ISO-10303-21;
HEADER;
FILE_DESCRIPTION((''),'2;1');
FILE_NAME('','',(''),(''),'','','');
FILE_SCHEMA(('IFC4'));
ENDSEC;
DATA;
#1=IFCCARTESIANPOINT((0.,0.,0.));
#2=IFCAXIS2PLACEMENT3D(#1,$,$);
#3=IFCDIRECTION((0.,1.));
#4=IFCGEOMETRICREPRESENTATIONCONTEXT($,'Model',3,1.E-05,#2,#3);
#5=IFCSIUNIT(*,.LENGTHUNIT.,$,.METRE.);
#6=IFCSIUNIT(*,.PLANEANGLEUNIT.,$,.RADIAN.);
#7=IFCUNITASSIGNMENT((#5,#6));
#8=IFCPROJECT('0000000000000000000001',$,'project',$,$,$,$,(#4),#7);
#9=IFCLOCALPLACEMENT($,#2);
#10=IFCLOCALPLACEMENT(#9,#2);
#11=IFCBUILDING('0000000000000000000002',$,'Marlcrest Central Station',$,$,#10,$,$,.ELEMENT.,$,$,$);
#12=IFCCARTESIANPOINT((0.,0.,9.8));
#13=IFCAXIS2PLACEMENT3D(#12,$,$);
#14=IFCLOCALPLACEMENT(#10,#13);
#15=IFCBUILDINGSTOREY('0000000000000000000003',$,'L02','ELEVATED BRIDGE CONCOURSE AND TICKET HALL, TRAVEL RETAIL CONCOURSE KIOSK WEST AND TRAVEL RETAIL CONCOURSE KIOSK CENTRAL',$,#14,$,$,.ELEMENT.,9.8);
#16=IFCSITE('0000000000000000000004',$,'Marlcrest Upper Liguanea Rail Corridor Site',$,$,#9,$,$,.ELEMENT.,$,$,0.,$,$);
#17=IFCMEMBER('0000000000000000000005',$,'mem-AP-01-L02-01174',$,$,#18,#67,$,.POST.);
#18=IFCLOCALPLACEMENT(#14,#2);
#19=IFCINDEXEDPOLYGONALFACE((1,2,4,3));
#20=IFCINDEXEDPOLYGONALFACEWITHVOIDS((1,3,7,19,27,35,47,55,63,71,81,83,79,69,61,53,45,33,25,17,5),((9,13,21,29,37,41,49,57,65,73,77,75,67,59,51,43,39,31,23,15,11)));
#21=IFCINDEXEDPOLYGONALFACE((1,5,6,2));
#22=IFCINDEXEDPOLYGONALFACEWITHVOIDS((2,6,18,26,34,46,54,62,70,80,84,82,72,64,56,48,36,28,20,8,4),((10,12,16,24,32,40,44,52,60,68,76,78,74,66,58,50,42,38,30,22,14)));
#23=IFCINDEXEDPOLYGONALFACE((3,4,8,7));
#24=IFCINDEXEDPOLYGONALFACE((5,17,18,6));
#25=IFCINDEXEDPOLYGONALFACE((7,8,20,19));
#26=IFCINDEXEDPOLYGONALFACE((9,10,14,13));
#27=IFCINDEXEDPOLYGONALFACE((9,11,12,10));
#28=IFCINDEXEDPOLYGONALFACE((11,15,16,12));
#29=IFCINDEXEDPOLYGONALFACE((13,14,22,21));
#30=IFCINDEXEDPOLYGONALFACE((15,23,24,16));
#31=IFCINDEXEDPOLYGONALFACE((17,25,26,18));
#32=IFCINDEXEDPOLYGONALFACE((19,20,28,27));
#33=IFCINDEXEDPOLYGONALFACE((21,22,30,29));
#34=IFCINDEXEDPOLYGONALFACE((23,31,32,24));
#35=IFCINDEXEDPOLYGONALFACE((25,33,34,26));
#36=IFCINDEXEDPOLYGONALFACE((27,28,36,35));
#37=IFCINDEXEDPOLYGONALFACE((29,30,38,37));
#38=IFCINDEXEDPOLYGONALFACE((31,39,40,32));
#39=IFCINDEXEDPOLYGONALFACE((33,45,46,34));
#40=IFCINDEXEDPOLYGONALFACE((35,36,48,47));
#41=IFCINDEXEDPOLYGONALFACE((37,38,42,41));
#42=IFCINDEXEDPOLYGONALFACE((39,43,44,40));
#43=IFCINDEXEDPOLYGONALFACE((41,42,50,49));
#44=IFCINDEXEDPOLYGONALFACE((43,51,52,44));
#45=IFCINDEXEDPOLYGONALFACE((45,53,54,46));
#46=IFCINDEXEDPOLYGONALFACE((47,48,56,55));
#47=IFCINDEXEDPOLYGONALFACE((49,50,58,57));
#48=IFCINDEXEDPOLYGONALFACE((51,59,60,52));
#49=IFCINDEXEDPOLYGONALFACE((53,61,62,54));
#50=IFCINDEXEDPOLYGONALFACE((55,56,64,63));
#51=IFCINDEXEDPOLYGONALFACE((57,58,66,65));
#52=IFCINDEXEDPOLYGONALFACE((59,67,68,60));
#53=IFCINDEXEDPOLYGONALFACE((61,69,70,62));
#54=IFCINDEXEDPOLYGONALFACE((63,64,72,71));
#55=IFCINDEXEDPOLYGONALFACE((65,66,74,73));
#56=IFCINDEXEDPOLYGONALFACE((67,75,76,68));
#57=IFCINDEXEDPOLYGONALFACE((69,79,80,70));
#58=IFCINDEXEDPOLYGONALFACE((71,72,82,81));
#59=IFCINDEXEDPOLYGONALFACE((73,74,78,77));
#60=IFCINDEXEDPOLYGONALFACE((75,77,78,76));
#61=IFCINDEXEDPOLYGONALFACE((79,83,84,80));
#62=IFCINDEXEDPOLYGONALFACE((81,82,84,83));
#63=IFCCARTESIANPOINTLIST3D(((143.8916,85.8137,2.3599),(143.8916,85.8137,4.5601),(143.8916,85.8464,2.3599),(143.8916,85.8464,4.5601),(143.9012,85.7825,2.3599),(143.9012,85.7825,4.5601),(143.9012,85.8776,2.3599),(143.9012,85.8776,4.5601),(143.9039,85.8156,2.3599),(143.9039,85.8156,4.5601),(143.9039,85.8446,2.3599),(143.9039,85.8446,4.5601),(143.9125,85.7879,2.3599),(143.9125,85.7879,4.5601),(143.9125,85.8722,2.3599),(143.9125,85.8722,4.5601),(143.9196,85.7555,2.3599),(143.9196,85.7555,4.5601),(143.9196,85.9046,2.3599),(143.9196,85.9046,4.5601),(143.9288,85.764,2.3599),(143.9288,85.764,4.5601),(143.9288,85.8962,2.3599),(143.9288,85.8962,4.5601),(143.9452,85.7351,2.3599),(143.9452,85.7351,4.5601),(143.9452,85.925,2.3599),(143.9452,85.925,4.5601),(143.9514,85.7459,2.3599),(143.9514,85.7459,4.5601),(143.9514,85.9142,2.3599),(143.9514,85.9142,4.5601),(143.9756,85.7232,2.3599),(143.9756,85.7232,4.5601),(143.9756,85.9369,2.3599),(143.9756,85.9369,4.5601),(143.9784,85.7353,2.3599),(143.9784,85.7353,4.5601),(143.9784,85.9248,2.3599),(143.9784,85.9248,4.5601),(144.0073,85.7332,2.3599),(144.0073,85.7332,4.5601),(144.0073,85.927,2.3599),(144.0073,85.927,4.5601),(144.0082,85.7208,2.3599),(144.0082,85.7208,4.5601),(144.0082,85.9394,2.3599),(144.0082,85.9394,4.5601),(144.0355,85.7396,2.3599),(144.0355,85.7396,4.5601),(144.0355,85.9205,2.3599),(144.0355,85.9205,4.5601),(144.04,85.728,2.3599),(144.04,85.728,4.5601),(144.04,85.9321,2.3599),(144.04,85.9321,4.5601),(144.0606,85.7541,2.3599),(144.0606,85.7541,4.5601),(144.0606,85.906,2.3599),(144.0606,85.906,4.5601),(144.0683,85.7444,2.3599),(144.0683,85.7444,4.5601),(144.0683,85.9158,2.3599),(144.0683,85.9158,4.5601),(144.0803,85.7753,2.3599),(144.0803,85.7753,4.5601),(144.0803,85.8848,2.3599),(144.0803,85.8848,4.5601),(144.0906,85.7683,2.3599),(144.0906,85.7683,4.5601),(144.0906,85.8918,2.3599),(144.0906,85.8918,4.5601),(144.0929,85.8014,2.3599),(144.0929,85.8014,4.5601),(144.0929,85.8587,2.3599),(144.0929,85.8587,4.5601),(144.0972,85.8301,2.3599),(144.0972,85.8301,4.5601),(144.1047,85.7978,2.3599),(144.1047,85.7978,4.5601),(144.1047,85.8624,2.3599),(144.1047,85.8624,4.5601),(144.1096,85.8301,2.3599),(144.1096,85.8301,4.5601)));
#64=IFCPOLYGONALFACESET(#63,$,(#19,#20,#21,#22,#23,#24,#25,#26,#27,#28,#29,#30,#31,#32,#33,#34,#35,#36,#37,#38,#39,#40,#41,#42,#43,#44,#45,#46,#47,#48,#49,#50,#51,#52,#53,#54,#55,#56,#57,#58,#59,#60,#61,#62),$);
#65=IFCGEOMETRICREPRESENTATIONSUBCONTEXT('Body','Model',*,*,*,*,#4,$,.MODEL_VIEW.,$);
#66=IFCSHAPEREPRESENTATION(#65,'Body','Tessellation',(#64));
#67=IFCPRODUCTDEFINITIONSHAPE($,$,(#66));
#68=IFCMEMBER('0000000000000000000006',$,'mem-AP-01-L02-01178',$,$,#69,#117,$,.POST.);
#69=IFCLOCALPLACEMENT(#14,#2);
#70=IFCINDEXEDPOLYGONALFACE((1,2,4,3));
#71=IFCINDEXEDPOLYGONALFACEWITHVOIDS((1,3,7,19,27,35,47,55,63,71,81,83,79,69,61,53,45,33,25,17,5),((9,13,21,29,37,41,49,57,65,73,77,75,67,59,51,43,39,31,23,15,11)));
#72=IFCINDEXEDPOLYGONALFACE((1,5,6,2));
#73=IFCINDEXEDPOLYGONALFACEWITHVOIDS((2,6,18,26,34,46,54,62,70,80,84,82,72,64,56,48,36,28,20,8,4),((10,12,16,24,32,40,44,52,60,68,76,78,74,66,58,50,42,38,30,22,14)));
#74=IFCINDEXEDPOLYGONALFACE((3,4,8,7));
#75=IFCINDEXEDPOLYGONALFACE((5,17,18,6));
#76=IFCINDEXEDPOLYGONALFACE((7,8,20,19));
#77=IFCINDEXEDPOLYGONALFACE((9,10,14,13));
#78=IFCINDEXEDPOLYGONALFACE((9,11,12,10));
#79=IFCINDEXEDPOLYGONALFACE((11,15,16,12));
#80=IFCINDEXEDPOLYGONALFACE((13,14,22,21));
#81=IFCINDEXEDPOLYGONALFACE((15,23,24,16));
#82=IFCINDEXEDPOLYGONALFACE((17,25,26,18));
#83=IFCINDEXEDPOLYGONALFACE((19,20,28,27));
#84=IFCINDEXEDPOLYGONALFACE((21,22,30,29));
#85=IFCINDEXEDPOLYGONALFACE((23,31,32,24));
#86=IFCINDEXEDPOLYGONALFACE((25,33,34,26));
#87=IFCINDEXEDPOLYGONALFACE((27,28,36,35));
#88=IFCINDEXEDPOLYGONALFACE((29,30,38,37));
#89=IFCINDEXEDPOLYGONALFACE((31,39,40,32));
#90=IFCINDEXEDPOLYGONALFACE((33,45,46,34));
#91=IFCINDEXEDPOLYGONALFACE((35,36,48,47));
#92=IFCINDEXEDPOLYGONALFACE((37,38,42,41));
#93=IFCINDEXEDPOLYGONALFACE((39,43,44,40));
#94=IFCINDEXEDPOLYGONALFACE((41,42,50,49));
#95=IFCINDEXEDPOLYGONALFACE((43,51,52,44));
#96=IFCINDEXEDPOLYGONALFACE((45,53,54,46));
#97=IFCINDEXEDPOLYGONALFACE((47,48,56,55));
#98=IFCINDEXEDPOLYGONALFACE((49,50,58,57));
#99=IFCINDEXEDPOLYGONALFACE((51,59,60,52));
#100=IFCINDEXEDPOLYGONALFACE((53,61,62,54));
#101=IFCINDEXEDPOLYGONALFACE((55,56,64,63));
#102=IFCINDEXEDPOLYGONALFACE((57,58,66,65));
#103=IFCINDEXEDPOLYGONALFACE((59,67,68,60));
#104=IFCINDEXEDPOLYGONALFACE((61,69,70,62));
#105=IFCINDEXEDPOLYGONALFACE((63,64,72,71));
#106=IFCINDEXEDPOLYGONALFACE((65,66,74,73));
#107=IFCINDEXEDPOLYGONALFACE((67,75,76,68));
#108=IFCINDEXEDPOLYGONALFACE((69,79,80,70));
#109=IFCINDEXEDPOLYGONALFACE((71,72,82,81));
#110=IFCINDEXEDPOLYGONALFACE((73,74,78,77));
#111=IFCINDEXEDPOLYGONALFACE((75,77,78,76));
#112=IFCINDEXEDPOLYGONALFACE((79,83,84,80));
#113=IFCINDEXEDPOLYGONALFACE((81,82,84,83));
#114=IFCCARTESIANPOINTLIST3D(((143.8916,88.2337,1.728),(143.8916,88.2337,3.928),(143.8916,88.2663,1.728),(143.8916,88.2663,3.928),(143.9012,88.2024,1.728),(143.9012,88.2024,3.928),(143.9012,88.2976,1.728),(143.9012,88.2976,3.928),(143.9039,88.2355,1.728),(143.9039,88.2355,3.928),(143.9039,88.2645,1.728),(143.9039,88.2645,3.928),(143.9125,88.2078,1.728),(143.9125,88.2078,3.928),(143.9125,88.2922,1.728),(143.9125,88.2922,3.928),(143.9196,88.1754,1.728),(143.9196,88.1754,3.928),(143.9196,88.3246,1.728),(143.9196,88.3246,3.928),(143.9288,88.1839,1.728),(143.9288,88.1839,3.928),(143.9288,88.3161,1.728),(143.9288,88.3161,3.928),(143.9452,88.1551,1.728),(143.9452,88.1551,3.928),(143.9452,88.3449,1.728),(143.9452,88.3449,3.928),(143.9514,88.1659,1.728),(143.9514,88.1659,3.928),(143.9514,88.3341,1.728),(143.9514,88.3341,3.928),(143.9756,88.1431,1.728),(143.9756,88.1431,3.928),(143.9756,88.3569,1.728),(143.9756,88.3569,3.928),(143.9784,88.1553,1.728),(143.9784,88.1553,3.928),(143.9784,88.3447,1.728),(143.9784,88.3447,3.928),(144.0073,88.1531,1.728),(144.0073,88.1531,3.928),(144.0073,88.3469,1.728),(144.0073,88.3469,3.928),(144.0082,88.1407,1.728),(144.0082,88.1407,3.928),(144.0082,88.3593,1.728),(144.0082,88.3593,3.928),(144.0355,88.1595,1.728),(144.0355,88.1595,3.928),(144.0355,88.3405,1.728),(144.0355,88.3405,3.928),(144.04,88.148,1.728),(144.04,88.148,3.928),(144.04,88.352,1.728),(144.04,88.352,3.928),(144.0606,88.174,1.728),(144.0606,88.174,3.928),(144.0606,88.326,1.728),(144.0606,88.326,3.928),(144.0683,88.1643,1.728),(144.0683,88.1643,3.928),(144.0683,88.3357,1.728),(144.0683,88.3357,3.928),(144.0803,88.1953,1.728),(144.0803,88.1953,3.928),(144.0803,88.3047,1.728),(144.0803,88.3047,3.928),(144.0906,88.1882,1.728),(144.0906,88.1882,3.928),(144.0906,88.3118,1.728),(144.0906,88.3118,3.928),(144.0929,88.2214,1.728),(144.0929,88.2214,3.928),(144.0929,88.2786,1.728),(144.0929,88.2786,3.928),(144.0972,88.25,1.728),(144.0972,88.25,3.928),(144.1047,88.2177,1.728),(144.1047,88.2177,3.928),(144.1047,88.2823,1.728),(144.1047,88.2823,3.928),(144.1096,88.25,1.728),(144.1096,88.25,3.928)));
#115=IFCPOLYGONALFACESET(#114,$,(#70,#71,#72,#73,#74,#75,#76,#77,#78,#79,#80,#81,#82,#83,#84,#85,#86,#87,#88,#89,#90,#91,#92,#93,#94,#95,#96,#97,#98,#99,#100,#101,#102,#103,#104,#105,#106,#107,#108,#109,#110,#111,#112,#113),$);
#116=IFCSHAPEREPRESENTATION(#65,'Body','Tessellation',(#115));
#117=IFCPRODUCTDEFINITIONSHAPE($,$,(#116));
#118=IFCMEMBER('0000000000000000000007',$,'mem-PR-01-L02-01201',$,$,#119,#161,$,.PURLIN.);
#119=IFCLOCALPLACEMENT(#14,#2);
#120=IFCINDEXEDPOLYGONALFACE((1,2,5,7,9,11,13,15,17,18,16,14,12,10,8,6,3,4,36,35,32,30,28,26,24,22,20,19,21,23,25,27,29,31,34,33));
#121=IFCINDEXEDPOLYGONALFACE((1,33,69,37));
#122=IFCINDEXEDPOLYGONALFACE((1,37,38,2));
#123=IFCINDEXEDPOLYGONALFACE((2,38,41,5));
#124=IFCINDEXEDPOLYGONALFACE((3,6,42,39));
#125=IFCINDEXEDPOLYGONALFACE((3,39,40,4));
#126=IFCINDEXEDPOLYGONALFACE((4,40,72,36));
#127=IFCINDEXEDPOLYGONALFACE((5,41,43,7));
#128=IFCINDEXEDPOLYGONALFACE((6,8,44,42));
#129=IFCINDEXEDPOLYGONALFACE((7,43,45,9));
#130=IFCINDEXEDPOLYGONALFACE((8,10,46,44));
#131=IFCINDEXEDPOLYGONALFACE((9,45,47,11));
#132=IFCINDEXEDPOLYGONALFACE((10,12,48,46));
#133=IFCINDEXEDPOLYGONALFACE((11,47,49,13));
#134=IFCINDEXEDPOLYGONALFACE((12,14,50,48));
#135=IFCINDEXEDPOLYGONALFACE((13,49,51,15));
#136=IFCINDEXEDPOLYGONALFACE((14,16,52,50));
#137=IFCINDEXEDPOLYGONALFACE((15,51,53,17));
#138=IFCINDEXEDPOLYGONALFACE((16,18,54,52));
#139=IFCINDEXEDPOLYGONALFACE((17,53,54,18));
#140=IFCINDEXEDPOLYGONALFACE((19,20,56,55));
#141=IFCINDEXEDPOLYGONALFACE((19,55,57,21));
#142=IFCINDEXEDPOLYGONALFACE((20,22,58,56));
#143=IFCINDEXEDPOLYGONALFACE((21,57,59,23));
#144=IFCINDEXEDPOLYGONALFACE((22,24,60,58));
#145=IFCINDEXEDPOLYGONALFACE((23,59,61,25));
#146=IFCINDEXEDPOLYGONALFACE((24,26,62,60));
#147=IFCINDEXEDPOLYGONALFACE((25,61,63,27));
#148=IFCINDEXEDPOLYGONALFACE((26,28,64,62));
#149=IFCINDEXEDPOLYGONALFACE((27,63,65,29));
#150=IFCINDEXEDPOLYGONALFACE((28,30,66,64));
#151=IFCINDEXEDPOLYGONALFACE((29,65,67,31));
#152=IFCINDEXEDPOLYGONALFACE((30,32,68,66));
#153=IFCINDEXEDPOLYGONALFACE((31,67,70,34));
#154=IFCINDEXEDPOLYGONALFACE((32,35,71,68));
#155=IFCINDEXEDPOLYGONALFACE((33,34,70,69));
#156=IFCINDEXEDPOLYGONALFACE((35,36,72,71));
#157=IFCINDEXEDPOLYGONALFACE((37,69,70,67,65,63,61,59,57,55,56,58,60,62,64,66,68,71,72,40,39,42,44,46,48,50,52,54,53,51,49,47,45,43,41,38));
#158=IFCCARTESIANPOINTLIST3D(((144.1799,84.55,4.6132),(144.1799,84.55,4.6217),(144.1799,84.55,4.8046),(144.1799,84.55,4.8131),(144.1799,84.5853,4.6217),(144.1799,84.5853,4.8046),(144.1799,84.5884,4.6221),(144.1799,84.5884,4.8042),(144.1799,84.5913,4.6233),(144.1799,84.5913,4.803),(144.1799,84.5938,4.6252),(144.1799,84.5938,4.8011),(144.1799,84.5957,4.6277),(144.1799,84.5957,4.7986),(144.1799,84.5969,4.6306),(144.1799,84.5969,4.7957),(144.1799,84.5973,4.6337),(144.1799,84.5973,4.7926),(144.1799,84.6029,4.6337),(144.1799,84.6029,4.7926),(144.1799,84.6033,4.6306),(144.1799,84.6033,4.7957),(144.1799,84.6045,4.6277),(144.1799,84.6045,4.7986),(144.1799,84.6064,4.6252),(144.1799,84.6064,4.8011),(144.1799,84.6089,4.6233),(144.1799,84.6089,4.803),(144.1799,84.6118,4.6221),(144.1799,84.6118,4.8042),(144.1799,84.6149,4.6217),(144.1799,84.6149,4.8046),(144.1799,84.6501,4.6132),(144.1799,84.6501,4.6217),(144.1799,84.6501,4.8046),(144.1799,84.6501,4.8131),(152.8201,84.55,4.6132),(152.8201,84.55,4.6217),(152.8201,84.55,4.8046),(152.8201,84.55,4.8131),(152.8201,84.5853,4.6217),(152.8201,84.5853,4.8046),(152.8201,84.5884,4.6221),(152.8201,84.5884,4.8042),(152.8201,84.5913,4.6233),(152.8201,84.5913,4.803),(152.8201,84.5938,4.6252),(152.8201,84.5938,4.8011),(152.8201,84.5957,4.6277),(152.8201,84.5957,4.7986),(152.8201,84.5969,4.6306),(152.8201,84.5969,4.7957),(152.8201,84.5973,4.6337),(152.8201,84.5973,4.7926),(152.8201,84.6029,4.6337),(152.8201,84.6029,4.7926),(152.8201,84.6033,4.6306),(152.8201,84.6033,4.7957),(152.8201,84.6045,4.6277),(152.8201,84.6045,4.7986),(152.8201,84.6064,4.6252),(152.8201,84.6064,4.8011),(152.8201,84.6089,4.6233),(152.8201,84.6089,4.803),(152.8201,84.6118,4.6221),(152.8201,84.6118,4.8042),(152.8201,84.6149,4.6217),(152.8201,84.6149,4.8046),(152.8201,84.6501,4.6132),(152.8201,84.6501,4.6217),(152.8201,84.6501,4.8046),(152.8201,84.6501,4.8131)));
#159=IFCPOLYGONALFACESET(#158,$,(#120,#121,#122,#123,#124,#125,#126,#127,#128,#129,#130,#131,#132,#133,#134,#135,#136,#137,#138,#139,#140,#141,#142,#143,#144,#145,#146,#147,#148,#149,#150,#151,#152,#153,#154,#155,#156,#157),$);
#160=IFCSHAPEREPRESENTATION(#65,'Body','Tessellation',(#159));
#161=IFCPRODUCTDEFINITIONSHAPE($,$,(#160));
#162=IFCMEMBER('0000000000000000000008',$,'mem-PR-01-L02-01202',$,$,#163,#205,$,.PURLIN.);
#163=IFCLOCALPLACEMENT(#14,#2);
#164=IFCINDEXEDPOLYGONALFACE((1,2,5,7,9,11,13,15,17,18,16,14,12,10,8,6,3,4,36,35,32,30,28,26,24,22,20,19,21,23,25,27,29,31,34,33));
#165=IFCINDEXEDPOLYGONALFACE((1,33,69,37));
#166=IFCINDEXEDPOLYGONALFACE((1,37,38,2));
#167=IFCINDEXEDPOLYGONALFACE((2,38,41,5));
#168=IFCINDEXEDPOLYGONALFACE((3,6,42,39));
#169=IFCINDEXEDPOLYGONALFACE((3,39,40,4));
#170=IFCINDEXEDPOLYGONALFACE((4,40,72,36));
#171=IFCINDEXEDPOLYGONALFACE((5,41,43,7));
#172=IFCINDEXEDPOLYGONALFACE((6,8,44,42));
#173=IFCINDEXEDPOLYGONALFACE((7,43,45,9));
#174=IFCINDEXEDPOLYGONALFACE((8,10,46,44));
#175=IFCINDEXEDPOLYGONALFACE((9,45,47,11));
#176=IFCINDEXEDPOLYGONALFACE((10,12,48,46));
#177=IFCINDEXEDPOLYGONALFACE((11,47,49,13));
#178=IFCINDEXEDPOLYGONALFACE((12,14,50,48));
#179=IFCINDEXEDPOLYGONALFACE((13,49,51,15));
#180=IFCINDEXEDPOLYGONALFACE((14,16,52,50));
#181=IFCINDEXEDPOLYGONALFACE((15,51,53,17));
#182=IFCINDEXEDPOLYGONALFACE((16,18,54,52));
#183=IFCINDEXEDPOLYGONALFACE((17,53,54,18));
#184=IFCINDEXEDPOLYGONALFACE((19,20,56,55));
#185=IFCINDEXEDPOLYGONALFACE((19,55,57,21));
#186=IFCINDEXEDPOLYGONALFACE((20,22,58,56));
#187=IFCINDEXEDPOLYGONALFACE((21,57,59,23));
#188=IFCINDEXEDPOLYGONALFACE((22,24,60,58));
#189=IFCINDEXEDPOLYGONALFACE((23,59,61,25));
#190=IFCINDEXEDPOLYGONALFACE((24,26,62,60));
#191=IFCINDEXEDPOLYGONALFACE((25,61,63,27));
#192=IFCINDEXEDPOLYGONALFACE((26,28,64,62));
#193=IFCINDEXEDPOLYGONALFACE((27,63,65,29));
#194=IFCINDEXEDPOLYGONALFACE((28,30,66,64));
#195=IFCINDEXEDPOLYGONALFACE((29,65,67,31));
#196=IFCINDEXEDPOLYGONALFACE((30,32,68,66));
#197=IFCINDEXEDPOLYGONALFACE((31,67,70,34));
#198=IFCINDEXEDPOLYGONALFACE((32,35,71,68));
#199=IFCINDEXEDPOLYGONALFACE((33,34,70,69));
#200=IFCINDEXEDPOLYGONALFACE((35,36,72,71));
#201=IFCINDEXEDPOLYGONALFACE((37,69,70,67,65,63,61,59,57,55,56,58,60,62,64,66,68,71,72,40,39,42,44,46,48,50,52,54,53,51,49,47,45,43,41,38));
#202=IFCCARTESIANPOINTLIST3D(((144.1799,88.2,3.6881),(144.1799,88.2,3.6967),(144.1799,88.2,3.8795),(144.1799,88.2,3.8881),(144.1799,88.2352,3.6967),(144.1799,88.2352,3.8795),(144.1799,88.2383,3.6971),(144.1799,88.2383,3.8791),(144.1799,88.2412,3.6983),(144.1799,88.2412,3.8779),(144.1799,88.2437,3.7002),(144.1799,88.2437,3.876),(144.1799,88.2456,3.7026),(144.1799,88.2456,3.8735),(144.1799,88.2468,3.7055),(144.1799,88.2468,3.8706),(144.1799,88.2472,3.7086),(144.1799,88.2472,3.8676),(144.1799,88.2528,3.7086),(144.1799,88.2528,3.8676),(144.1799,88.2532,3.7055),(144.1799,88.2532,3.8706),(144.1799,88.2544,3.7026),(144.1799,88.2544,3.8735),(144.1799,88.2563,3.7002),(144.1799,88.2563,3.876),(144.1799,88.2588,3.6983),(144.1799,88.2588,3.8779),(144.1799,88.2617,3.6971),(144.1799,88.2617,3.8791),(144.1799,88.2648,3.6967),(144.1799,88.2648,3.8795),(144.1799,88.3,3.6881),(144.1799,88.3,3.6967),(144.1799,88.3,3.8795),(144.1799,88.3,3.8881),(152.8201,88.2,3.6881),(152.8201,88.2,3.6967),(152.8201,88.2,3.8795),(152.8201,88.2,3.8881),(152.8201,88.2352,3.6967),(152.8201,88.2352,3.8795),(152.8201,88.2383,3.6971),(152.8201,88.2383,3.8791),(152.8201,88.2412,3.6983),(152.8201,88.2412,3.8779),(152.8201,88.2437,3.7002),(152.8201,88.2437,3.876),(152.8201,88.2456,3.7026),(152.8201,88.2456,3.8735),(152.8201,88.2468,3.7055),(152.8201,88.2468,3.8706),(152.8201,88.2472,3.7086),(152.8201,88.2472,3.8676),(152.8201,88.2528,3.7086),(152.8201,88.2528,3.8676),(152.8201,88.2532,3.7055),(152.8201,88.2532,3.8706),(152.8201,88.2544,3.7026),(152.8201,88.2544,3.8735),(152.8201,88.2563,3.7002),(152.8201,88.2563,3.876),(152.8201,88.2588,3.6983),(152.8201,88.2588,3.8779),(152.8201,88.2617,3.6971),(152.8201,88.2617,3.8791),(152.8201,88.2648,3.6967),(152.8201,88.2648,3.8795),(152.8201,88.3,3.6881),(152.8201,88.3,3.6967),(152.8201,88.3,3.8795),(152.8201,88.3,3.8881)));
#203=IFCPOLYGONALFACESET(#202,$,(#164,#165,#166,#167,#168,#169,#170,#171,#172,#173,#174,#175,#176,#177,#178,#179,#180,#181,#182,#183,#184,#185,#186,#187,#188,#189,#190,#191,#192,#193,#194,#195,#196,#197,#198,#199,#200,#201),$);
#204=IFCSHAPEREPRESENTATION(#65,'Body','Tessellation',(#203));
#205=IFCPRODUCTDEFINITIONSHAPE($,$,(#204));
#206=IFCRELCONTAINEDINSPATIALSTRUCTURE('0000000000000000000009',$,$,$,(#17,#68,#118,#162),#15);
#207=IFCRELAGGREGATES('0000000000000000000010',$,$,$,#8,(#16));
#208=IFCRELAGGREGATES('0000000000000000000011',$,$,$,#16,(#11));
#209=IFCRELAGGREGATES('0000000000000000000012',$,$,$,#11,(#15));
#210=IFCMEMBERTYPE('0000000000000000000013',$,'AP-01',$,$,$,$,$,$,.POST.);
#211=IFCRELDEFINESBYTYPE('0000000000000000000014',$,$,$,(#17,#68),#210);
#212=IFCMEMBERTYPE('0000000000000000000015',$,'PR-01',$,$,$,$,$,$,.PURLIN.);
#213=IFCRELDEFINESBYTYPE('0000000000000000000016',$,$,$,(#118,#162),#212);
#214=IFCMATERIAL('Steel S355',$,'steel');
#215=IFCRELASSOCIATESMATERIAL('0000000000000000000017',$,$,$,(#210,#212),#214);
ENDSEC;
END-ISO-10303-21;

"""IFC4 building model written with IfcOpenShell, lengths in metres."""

from ifc_helpers import new_model, si_unit, direction, frame, origin, origin_2d, place, context, subcontext, project, spatial, hollow_circle, i_section, extrude, material, material_profile, profile_set, type_object, element, save


model = new_model("IFC4")

# Units and contexts
model_context = context("Model", 3, precision=1e-05, world=origin(), true_north=direction((0.0, 1.0)))
body_context = subcontext(model_context, "Body", "Model", "MODEL_VIEW")
ifc_project = project(units=[si_unit("LENGTHUNIT", "METRE"), si_unit("PLANEANGLEUNIT", "RADIAN")], contexts=[model_context])

# Site, building, storey
site_placement = place(None, origin())
site = spatial("IfcSite", under=ifc_project, at=site_placement, Name="Marlcrest Upper Liguanea Rail Corridor Site", CompositionType="ELEMENT", RefElevation=0.0)
building_placement = place(site_placement, origin())
building = spatial("IfcBuilding", under=site, at=building_placement, Name="Marlcrest Central Station", CompositionType="ELEMENT")
storey_placement = place(building_placement, frame((0.0, 0.0, 9.8)))
storey = spatial("IfcBuildingStorey", under=building, at=storey_placement, Name="L02", Description="ELEVATED BRIDGE CONCOURSE AND TICKET HALL, TRAVEL RETAIL CONCOURSE KIOSK WEST AND TRAVEL RETAIL CONCOURSE KIOSK CENTRAL", CompositionType="ELEMENT", Elevation=9.8)

# Members
ifc_material_1 = material(Name="Steel S355", Category="steel")
ifc_material_profile_1 = material_profile(ifc_material_1, hollow_circle(Radius=0.1096, WallThickness=0.0125, at=origin_2d()), Name="CHS 219.1x12.5")
ifc_profile_set_1 = profile_set([ifc_material_profile_1], Name="Steel S355")
member_type_1 = type_object("IfcMemberType", Name="AP-01", PredefinedType="POST", material=ifc_profile_set_1)
member_1_placement = place(storey_placement, frame((144.0, 85.8301, 2.3599), z_axis=(0.0, 0.0, 1.0), x_axis=(1.0, 0.0, 0.0)))
element("IfcMember", 1, at=member_1_placement, inside=storey, type_object=member_type_1, Name="mem-AP-01-L02-01174", PredefinedType="POST", context=body_context, shape_type="SweptSolid", body=[
    extrude(hollow_circle(Radius=0.1096, WallThickness=0.0125, at=origin_2d()), origin(), (0.0, 0.0, 1.0), 2.2002),
])
member_2_placement = place(storey_placement, frame((144.0, 88.25, 1.728), z_axis=(0.0, 0.0, 1.0), x_axis=(1.0, 0.0, 0.0)))
element("IfcMember", 2, at=member_2_placement, inside=storey, type_object=member_type_1, Name="mem-AP-01-L02-01178", PredefinedType="POST", context=body_context, shape_type="SweptSolid", body=[
    extrude(hollow_circle(Radius=0.1096, WallThickness=0.0125, at=origin_2d()), origin(), (0.0, 0.0, 1.0), 2.2),
])
ifc_material_profile_2 = material_profile(ifc_material_1, i_section(OverallWidth=0.1001, OverallDepth=0.2, WebThickness=0.0056, FlangeThickness=0.0085, FilletRadius=0.012, at=origin_2d()), Name="IPE 200")
ifc_profile_set_2 = profile_set([ifc_material_profile_2], Name="Steel S355")
member_type_2 = type_object("IfcMemberType", Name="PR-01", PredefinedType="PURLIN", material=ifc_profile_set_2)
for number, where, z_axis, x_axis, name in (
    (3, (144.1799, 84.6001, 4.7131), (1.0, 0.0, 0.0), (0.0, 1.0, 0.0), "mem-PR-01-L02-01201"),
    (4, (144.1799, 88.25, 3.7881), (1.0, 0.0, 0.0), (0.0, 1.0, 0.0), "mem-PR-01-L02-01202"),
):
    element("IfcMember", number, at=place(storey_placement, frame(where, z_axis=z_axis, x_axis=x_axis)), inside=storey, type_object=member_type_2, Name=name, PredefinedType="PURLIN", context=body_context, shape_type="SweptSolid", body=[
        extrude(i_section(OverallWidth=0.1001, OverallDepth=0.2, WebThickness=0.0056, FlangeThickness=0.0085, FilletRadius=0.012, at=origin_2d()), origin(), (0.0, 0.0, 1.0), 8.6401),
    ])

save(model, "model.ifc")
